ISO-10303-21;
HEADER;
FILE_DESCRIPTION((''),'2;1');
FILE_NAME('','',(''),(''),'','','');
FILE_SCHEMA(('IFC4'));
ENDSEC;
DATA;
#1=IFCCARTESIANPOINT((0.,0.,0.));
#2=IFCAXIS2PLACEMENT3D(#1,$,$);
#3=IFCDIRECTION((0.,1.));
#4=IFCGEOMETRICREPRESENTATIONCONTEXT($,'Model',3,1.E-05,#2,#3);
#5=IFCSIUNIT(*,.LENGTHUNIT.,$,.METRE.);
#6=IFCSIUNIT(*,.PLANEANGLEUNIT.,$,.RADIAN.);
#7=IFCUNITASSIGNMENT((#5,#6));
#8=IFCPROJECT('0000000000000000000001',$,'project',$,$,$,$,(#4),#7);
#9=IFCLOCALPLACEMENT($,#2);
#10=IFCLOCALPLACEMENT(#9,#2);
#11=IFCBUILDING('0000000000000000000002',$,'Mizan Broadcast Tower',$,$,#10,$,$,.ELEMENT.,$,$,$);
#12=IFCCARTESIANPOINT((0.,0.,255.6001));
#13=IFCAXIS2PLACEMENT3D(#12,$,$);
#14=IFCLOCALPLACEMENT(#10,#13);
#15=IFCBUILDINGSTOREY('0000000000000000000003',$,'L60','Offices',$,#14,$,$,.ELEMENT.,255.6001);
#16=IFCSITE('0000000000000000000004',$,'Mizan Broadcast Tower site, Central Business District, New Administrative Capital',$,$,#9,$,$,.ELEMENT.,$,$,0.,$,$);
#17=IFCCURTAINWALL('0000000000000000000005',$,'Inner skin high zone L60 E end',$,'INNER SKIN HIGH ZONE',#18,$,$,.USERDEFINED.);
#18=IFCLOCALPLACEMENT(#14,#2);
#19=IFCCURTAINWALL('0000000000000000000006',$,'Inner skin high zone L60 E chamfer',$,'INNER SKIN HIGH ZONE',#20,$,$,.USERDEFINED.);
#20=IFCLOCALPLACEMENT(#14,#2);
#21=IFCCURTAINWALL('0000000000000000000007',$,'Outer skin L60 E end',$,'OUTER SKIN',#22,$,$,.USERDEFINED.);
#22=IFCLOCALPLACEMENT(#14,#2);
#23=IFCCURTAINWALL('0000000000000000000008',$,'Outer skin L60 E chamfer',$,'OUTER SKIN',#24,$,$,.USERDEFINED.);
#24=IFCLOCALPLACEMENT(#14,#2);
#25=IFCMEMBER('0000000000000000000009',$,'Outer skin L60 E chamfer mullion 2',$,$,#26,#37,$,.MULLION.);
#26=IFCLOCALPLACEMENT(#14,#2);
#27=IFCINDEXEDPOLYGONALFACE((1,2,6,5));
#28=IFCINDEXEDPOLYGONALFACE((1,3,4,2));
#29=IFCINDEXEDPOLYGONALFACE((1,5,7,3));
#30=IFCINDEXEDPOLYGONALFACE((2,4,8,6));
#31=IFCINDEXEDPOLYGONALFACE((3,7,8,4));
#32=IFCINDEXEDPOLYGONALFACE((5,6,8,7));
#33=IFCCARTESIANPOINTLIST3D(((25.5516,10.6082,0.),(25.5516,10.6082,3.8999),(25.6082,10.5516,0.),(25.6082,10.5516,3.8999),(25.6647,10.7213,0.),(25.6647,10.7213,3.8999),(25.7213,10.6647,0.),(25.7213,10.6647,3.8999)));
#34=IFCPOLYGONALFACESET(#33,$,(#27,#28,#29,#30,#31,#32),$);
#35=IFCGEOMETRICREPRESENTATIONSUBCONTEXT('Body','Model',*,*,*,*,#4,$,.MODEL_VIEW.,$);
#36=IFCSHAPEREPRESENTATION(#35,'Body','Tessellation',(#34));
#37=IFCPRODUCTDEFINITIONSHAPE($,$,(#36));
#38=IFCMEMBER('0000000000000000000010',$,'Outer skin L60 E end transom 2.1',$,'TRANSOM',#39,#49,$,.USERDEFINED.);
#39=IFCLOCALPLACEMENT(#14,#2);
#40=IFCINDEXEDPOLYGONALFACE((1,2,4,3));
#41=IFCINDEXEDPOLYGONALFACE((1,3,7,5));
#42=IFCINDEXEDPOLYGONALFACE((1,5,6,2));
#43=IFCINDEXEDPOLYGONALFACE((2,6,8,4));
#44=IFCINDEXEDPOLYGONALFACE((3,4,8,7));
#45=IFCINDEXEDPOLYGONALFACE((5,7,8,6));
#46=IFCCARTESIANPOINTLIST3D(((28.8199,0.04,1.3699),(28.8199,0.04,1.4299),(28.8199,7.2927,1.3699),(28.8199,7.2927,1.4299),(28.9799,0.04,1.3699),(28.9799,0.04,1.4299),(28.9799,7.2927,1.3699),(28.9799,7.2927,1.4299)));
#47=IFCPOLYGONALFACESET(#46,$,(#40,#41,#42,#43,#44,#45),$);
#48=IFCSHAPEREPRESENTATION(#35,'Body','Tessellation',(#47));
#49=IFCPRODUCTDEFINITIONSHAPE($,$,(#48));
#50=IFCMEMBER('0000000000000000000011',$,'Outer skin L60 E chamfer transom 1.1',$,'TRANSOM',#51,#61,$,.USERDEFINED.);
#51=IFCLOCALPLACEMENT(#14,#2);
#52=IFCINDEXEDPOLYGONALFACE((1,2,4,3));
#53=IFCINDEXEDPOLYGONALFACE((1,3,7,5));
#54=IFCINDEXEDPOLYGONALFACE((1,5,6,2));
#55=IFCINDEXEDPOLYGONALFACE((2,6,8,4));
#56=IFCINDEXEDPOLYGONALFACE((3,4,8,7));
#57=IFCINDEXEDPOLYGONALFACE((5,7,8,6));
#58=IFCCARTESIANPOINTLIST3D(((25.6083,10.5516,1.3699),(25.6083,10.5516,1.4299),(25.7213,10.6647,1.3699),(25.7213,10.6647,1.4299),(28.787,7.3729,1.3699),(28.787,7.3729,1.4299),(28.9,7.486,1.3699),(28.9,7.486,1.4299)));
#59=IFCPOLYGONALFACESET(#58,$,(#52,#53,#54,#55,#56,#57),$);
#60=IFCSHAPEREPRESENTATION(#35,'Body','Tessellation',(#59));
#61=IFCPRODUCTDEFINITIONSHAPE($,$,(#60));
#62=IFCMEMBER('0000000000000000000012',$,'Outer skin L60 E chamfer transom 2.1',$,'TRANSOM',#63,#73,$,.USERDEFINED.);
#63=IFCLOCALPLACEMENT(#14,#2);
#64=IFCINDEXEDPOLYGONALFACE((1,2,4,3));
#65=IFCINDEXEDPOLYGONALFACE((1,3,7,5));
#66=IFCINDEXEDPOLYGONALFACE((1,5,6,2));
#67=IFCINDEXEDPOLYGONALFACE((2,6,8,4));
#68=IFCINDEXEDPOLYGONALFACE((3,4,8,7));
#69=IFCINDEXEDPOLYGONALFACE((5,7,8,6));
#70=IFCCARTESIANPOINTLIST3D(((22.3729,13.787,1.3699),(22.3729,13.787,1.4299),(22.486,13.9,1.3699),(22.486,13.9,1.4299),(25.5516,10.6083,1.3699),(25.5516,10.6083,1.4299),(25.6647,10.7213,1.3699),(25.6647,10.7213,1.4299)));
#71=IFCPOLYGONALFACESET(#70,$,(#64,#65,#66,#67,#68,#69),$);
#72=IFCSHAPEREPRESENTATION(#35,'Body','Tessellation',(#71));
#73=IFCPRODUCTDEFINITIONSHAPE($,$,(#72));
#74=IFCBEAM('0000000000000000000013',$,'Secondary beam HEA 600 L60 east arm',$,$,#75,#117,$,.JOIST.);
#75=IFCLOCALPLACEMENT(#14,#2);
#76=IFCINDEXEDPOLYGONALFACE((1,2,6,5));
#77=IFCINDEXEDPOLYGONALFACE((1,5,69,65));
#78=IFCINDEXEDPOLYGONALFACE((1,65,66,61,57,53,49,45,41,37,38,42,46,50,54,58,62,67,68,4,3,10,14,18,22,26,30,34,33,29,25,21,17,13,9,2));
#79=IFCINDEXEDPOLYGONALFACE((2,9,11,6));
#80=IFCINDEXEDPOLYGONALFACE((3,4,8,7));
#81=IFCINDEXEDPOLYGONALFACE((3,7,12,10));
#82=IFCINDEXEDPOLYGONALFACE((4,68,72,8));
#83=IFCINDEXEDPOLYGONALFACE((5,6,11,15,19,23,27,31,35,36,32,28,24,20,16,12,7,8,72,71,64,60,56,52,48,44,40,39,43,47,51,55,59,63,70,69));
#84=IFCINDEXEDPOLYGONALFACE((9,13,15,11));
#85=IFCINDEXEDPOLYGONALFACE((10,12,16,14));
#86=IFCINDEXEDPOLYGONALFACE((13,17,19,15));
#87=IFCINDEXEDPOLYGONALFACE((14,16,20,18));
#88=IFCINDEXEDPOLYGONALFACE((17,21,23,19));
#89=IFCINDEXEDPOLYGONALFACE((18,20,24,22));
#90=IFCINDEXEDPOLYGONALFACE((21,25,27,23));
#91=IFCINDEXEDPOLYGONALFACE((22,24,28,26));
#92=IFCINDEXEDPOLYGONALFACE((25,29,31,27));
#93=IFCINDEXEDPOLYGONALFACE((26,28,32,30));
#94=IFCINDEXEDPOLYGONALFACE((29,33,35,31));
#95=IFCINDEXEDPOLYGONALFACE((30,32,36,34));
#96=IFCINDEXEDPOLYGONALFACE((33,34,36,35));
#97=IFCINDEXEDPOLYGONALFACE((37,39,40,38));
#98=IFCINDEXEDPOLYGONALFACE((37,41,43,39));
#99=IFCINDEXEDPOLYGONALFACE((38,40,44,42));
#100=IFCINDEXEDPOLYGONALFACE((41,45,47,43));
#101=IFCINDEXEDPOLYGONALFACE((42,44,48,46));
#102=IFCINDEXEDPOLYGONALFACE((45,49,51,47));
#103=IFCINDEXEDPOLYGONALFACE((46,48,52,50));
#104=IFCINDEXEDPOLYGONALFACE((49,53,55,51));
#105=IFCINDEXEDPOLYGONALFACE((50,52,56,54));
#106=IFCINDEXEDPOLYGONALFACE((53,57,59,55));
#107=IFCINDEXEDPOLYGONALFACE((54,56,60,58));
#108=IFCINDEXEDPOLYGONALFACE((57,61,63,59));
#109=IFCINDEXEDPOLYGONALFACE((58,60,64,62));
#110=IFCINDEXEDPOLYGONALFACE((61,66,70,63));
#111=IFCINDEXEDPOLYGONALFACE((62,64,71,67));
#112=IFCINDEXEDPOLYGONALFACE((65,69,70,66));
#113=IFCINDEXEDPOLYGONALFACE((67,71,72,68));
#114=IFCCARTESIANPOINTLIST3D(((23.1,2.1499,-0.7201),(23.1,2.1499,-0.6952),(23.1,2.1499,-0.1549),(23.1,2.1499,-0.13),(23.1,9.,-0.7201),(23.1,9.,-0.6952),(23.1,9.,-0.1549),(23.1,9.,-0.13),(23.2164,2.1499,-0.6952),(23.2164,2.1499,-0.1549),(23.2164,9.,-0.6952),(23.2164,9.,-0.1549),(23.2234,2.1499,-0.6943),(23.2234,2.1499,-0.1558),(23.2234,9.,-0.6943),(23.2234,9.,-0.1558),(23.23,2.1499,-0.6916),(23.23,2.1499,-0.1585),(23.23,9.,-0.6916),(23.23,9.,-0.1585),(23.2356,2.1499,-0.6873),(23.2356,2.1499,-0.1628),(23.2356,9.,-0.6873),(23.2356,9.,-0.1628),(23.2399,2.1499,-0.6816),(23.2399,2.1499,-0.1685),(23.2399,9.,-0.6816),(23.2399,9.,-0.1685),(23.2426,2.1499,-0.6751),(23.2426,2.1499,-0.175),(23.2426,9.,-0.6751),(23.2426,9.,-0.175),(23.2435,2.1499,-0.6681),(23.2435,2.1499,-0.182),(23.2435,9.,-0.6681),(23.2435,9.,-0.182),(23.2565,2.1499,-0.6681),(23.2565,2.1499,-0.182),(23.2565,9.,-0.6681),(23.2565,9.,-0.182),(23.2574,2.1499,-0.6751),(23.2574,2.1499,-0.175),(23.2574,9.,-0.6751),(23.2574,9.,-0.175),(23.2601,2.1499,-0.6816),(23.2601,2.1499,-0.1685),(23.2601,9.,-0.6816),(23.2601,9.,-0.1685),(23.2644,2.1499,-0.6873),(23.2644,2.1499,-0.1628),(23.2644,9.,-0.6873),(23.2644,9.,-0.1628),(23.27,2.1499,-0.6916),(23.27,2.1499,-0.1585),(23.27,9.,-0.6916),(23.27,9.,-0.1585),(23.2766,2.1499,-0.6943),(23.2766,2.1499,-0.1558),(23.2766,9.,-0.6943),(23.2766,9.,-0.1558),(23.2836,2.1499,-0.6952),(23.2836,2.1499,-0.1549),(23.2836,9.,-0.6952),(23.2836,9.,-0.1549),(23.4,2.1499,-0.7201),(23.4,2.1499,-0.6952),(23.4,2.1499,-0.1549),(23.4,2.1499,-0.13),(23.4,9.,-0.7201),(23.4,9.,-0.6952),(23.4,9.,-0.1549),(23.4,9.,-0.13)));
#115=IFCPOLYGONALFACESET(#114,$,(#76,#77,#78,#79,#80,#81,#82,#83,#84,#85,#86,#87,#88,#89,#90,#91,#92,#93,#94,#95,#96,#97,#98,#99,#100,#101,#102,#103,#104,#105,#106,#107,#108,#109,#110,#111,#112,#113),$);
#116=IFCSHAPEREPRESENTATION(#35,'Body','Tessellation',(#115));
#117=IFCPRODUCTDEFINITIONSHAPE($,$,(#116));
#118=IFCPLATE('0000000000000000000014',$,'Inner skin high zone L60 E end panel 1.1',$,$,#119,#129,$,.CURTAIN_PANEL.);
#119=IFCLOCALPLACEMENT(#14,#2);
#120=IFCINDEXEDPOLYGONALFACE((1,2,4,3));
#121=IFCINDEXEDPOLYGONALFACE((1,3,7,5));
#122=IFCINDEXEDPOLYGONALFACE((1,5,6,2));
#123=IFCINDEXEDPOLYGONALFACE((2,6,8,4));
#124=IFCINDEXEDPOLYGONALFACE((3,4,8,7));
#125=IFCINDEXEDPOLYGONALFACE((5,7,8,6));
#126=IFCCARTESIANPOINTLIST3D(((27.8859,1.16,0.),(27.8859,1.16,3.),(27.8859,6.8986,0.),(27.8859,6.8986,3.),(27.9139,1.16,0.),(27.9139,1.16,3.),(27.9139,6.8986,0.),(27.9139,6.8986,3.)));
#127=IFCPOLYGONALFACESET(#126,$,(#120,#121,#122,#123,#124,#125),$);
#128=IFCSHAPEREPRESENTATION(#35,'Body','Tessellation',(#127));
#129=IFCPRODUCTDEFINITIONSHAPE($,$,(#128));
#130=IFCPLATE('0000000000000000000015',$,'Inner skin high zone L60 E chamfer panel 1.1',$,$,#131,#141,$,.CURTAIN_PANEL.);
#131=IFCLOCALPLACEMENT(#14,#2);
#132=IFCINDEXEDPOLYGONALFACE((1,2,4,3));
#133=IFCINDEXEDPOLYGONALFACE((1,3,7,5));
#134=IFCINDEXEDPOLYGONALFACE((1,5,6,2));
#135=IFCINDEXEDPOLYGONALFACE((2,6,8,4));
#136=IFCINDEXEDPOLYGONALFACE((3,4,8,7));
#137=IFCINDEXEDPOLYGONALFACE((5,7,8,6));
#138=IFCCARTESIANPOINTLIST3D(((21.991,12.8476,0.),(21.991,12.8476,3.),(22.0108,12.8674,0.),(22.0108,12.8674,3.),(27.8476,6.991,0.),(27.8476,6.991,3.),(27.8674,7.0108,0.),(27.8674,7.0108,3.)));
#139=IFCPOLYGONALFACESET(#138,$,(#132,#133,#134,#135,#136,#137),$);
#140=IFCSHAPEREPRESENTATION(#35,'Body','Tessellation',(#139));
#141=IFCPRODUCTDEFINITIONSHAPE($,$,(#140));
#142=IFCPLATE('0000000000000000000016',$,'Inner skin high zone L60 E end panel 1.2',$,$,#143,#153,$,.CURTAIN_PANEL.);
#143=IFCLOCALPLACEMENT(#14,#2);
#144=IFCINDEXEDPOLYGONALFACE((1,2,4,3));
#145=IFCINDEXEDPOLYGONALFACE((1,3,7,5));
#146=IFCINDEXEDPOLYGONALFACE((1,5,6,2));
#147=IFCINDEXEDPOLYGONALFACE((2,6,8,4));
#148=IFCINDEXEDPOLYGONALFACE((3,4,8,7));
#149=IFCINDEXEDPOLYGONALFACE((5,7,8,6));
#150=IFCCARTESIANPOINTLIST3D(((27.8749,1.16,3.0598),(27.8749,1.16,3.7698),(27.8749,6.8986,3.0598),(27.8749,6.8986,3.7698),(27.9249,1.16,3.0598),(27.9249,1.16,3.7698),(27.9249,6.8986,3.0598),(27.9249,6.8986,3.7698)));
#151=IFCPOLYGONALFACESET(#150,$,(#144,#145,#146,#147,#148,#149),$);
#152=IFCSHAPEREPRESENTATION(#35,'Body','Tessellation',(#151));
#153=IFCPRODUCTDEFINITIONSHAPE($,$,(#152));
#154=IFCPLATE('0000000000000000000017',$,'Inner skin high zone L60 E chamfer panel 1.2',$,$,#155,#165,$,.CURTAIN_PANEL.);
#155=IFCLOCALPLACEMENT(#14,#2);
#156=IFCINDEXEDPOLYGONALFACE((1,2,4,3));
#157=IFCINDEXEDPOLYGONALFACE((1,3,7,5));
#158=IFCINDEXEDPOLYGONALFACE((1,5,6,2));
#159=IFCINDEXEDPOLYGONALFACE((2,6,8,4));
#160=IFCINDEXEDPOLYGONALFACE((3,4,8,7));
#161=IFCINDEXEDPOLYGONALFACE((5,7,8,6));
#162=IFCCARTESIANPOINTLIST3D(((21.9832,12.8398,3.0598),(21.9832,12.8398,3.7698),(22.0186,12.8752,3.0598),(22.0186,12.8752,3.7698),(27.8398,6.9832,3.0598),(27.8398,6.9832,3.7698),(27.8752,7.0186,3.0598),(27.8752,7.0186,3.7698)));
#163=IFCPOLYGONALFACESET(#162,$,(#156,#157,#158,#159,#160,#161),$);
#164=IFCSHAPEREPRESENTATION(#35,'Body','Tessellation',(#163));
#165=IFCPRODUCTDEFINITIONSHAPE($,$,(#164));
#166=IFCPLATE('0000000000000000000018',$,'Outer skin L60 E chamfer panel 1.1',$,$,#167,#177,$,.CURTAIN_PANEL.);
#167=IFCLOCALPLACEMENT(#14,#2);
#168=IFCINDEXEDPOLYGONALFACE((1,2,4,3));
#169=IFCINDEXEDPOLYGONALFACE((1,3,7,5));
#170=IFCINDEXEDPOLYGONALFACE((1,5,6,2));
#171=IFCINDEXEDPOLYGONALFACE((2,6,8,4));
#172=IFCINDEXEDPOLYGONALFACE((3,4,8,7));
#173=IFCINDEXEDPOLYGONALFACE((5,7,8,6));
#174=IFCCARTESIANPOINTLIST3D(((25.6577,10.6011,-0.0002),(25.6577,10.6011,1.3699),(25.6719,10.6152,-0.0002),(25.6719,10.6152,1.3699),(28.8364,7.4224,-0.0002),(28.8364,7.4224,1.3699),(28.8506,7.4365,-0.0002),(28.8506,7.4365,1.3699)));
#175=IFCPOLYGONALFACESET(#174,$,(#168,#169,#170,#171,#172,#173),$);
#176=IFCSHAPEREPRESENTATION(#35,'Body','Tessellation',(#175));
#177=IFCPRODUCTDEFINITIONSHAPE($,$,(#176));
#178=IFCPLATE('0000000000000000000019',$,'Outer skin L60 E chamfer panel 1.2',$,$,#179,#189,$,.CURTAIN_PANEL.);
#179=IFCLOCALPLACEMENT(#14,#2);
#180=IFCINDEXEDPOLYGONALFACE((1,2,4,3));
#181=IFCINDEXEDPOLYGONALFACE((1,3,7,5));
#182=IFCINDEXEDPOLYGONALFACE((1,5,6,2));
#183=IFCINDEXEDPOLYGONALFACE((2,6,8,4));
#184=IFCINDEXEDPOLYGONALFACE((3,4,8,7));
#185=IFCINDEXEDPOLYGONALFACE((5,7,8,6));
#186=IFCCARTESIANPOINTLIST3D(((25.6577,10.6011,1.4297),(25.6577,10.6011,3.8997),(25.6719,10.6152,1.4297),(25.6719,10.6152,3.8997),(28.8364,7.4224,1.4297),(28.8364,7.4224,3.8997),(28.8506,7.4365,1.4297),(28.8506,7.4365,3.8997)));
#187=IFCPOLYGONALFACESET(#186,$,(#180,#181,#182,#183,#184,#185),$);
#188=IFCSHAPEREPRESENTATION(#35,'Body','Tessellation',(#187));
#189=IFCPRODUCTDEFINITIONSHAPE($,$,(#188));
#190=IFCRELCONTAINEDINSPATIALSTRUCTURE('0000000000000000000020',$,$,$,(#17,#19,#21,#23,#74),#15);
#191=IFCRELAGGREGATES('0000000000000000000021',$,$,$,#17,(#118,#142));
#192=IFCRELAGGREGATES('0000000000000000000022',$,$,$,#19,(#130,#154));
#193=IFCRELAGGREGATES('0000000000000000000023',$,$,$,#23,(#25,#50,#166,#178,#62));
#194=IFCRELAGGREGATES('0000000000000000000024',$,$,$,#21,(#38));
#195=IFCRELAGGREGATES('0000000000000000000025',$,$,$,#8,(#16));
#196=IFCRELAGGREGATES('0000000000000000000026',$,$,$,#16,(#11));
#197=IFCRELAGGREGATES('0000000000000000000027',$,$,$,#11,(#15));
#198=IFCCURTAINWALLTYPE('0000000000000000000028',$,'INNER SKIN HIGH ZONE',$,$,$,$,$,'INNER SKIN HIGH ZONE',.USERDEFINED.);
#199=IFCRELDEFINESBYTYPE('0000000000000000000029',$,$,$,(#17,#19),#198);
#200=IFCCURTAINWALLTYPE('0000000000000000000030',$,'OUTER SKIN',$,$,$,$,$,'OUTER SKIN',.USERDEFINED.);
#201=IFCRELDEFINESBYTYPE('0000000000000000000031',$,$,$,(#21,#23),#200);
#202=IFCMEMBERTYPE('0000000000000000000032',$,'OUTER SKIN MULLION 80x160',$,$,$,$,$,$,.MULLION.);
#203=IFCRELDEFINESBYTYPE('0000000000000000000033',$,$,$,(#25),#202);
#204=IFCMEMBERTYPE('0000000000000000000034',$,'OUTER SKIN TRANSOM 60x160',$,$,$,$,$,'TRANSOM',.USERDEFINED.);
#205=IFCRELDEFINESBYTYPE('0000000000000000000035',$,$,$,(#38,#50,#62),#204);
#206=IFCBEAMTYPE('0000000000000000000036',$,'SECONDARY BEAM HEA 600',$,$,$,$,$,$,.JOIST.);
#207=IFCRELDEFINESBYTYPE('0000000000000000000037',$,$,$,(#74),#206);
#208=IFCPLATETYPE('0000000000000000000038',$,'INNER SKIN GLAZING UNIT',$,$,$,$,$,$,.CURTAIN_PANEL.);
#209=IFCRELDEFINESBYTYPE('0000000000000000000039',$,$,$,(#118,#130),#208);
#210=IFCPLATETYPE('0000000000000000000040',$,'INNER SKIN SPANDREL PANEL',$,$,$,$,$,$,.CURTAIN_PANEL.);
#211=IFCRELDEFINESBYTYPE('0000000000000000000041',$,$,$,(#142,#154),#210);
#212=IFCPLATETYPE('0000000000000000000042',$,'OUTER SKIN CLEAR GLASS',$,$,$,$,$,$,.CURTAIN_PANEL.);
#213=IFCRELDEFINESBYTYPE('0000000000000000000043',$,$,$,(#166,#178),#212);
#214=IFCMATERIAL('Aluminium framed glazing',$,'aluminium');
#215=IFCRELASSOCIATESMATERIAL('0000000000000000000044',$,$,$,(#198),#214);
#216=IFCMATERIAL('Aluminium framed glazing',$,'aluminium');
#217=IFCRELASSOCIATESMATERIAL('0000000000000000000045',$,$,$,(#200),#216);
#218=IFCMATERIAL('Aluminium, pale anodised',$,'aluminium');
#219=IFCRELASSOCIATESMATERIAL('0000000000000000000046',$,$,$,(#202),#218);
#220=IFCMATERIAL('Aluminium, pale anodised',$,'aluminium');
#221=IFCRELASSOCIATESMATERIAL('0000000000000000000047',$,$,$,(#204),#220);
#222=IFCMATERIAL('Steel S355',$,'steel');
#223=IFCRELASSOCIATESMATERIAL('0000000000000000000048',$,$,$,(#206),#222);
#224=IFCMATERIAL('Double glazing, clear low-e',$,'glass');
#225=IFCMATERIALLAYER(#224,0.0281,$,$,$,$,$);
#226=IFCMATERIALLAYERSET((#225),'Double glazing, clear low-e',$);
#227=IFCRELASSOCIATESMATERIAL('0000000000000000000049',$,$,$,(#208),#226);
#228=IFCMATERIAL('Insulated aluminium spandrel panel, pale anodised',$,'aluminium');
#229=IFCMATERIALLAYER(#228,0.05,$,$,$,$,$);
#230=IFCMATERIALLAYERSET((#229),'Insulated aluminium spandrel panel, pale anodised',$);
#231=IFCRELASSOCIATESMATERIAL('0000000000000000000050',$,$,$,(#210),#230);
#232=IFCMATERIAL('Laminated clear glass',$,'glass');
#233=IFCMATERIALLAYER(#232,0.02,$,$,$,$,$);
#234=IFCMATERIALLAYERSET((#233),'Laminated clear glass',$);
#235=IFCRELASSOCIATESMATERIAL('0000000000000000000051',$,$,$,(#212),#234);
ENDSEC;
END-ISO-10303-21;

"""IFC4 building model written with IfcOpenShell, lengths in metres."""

from ifc_helpers import new_model, si_unit, direction, frame, origin, origin_2d, place, context, subcontext, project, spatial, rectangle, i_section, extrude, material, layer, layer_set, material_profile, profile_set, type_object, element, aggregate, save


model = new_model("IFC4")

# Units and contexts
model_context = context("Model", 3, precision=1e-05, world=origin(), true_north=direction((0.0, 1.0)))
body_context = subcontext(model_context, "Body", "Model", "MODEL_VIEW")
ifc_project = project(units=[si_unit("LENGTHUNIT", "METRE"), si_unit("PLANEANGLEUNIT", "RADIAN")], contexts=[model_context])

# Site, building, storey
site_placement = place(None, origin())
site = spatial("IfcSite", under=ifc_project, at=site_placement, Name="Mizan Broadcast Tower site, Central Business District, New Administrative Capital", CompositionType="ELEMENT", RefElevation=0.0)
building_placement = place(site_placement, origin())
building = spatial("IfcBuilding", under=site, at=building_placement, Name="Mizan Broadcast Tower", CompositionType="ELEMENT")
storey_placement = place(building_placement, frame((0.0, 0.0, 255.6001)))
storey = spatial("IfcBuildingStorey", under=building, at=storey_placement, Name="L60", Description="Offices", CompositionType="ELEMENT", Elevation=255.6001)

# Curtain wall
ifc_material_1 = material(Name="Aluminium framed glazing", Category="aluminium")
curtain_wall_type_1 = type_object("IfcCurtainWallType", Name="INNER SKIN HIGH ZONE", ElementType="INNER SKIN HIGH ZONE", PredefinedType="USERDEFINED", material=ifc_material_1)
curtain_wall_1_placement = place(storey_placement, origin())
curtain_wall_1 = element("IfcCurtainWall", 1, at=curtain_wall_1_placement, inside=storey, type_object=curtain_wall_type_1, Name="Inner skin high zone L60 E end", ObjectType="INNER SKIN HIGH ZONE", PredefinedType="USERDEFINED")

# Curtain wall
curtain_wall_2_placement = place(storey_placement, origin())
curtain_wall_2 = element("IfcCurtainWall", 2, at=curtain_wall_2_placement, inside=storey, type_object=curtain_wall_type_1, Name="Inner skin high zone L60 E chamfer", ObjectType="INNER SKIN HIGH ZONE", PredefinedType="USERDEFINED")

# Curtain wall
ifc_material_2 = material(Name="Aluminium framed glazing", Category="aluminium")
curtain_wall_type_2 = type_object("IfcCurtainWallType", Name="OUTER SKIN", ElementType="OUTER SKIN", PredefinedType="USERDEFINED", material=ifc_material_2)
curtain_wall_3_placement = place(storey_placement, origin())
curtain_wall_3 = element("IfcCurtainWall", 3, at=curtain_wall_3_placement, inside=storey, type_object=curtain_wall_type_2, Name="Outer skin L60 E end", ObjectType="OUTER SKIN", PredefinedType="USERDEFINED")
ifc_material_3 = material(Name="Aluminium, pale anodised", Category="aluminium")
ifc_material_profile_1 = material_profile(ifc_material_3, rectangle(XDim=0.1599, YDim=0.0801, at=origin_2d()), Name="MULLION 160x80")
ifc_profile_set_1 = profile_set([ifc_material_profile_1], Name="Aluminium, pale anodised")
member_type_1 = type_object("IfcMemberType", Name="OUTER SKIN MULLION 80x160", PredefinedType="MULLION", material=ifc_profile_set_1)

# Curtain wall, member
curtain_wall_4_placement = place(storey_placement, origin())
curtain_wall_4 = element("IfcCurtainWall", 4, at=curtain_wall_4_placement, inside=storey, type_object=curtain_wall_type_2, Name="Outer skin L60 E chamfer", ObjectType="OUTER SKIN", PredefinedType="USERDEFINED")
member_1_placement = place(storey_placement, frame((25.6365, 10.6365, 0.0), z_axis=(0.0, 0.0, 1.0), x_axis=(-0.707107, -0.707107, 0.0)))
member_1 = element("IfcMember", 5, at=member_1_placement, type_object=member_type_1, Name="Outer skin L60 E chamfer mullion 2", PredefinedType="MULLION", context=body_context, shape_type="SweptSolid", body=[
    extrude(rectangle(XDim=0.1599, YDim=0.0801, at=origin_2d()), origin(), (0.0, 0.0, 1.0), 3.8999),
])

# Members
ifc_material_4 = material(Name="Aluminium, pale anodised", Category="aluminium")
ifc_material_profile_2 = material_profile(ifc_material_4, rectangle(XDim=0.1599, YDim=0.0601, at=origin_2d()), Name="TRANSOM 160x60")
ifc_profile_set_2 = profile_set([ifc_material_profile_2], Name="Aluminium, pale anodised")
member_type_2 = type_object("IfcMemberType", Name="OUTER SKIN TRANSOM 60x160", ElementType="TRANSOM", PredefinedType="USERDEFINED", material=ifc_profile_set_2)
member_2_placement = place(storey_placement, frame((28.8999, 0.04, 1.3999), z_axis=(0.0, 1.0, 0.0), x_axis=(-1.0, 0.0, 0.0)))
member_2 = element("IfcMember", 6, at=member_2_placement, type_object=member_type_2, Name="Outer skin L60 E end transom 2.1", ObjectType="TRANSOM", PredefinedType="USERDEFINED", context=body_context, shape_type="SweptSolid", body=[
    extrude(rectangle(XDim=0.1599, YDim=0.0601, at=origin_2d()), origin(), (0.0, 0.0, 1.0), 7.2527),
])
member_3_placement = place(storey_placement, frame((28.8435, 7.4294, 1.3999), z_axis=(-0.707107, 0.707107, 0.0), x_axis=(-0.707107, -0.707107, 0.0)))
member_3 = element("IfcMember", 7, at=member_3_placement, type_object=member_type_2, Name="Outer skin L60 E chamfer transom 1.1", ObjectType="TRANSOM", PredefinedType="USERDEFINED", context=body_context, shape_type="SweptSolid", body=[
    extrude(rectangle(XDim=0.1599, YDim=0.0601, at=origin_2d()), origin(), (0.0, 0.0, 1.0), 4.4954),
])
member_4_placement = place(storey_placement, frame((25.6082, 10.6648, 1.3999), z_axis=(-0.707107, 0.707107, 0.0), x_axis=(-0.707107, -0.707107, 0.0)))
member_4 = element("IfcMember", 8, at=member_4_placement, type_object=member_type_2, Name="Outer skin L60 E chamfer transom 2.1", ObjectType="TRANSOM", PredefinedType="USERDEFINED", context=body_context, shape_type="SweptSolid", body=[
    extrude(rectangle(XDim=0.1599, YDim=0.0601, at=origin_2d()), origin(), (0.0, 0.0, 1.0), 4.4954),
])

# Beam
ifc_material_5 = material(Name="Steel S355", Category="steel")
ifc_material_profile_3 = material_profile(ifc_material_5, i_section(OverallWidth=0.3, OverallDepth=0.5901, WebThickness=0.0129, FlangeThickness=0.0249, FilletRadius=0.0271, at=origin_2d()), Name="HEA 600")
ifc_profile_set_3 = profile_set([ifc_material_profile_3], Name="Steel S355")
beam_type_1 = type_object("IfcBeamType", Name="SECONDARY BEAM HEA 600", PredefinedType="JOIST", material=ifc_profile_set_3)
beam_1_placement = place(storey_placement, frame((23.25, 9.0, -0.425), z_axis=(0.0, -1.0, 0.0), x_axis=(1.0, 0.0, 0.0)))
element("IfcBeam", 9, at=beam_1_placement, inside=storey, type_object=beam_type_1, Name="Secondary beam HEA 600 L60 east arm", PredefinedType="JOIST", context=body_context, shape_type="SweptSolid", body=[
    extrude(i_section(OverallWidth=0.3, OverallDepth=0.5901, WebThickness=0.0129, FlangeThickness=0.0249, FilletRadius=0.0271, at=origin_2d()), origin(), (0.0, 0.0, 1.0), 6.8501),
])

# Plates
ifc_material_6 = material(Name="Double glazing, clear low-e", Category="glass")
ifc_layer_1 = layer(ifc_material_6, 0.0281)
ifc_layer_set_1 = layer_set([ifc_layer_1], Name="Double glazing, clear low-e")
plate_type_1 = type_object("IfcPlateType", Name="INNER SKIN GLAZING UNIT", PredefinedType="CURTAIN_PANEL", material=ifc_layer_set_1)
plate_1_placement = place(storey_placement, frame((27.8999, 4.0293, 0.0), z_axis=(0.0, 0.0, 1.0), x_axis=(0.0, 1.0, 0.0)))
plate_1 = element("IfcPlate", 10, at=plate_1_placement, type_object=plate_type_1, Name="Inner skin high zone L60 E end panel 1.1", PredefinedType="CURTAIN_PANEL", context=body_context, shape_type="SweptSolid", body=[
    extrude(rectangle(XDim=5.7385, YDim=0.0281, at=origin_2d()), origin(), (0.0, 0.0, 1.0), 3.0),
])
plate_2_placement = place(storey_placement, frame((24.9292, 9.9292, 0.0), z_axis=(0.0, 0.0, 1.0), x_axis=(-0.707107, 0.707107, 0.0)))
plate_2 = element("IfcPlate", 11, at=plate_2_placement, type_object=plate_type_1, Name="Inner skin high zone L60 E chamfer panel 1.1", PredefinedType="CURTAIN_PANEL", context=body_context, shape_type="SweptSolid", body=[
    extrude(rectangle(XDim=8.2825, YDim=0.0281, at=origin_2d()), origin(), (0.0, 0.0, 1.0), 3.0),
])
ifc_material_7 = material(Name="Insulated aluminium spandrel panel, pale anodised", Category="aluminium")
ifc_layer_2 = layer(ifc_material_7, 0.05)
ifc_layer_set_2 = layer_set([ifc_layer_2], Name="Insulated aluminium spandrel panel, pale anodised")
plate_type_2 = type_object("IfcPlateType", Name="INNER SKIN SPANDREL PANEL", PredefinedType="CURTAIN_PANEL", material=ifc_layer_set_2)
plate_3_placement = place(storey_placement, frame((27.8999, 4.0293, 3.0598), z_axis=(0.0, 0.0, 1.0), x_axis=(0.0, 1.0, 0.0)))
plate_3 = element("IfcPlate", 12, at=plate_3_placement, type_object=plate_type_2, Name="Inner skin high zone L60 E end panel 1.2", PredefinedType="CURTAIN_PANEL", context=body_context, shape_type="SweptSolid", body=[
    extrude(rectangle(XDim=5.7385, YDim=0.05, at=origin_2d()), origin(), (0.0, 0.0, 1.0), 0.71),
])
aggregate(curtain_wall_1, [plate_1, plate_3])
plate_4_placement = place(storey_placement, frame((24.9292, 9.9292, 3.0598), z_axis=(0.0, 0.0, 1.0), x_axis=(-0.707107, 0.707107, 0.0)))
plate_4 = element("IfcPlate", 13, at=plate_4_placement, type_object=plate_type_2, Name="Inner skin high zone L60 E chamfer panel 1.2", PredefinedType="CURTAIN_PANEL", context=body_context, shape_type="SweptSolid", body=[
    extrude(rectangle(XDim=8.2825, YDim=0.05, at=origin_2d()), origin(), (0.0, 0.0, 1.0), 0.71),
])
aggregate(curtain_wall_2, [plate_2, plate_4])
ifc_material_8 = material(Name="Laminated clear glass", Category="glass")
ifc_layer_3 = layer(ifc_material_8, 0.02)
ifc_layer_set_3 = layer_set([ifc_layer_3], Name="Laminated clear glass")
plate_type_3 = type_object("IfcPlateType", Name="OUTER SKIN CLEAR GLASS", PredefinedType="CURTAIN_PANEL", material=ifc_layer_set_3)
plate_5_placement = place(storey_placement, frame((27.2542, 9.0188, -0.0002), z_axis=(0.0, 0.0, 1.0), x_axis=(-0.707107, 0.707107, 0.0)))
plate_5 = element("IfcPlate", 14, at=plate_5_placement, type_object=plate_type_3, Name="Outer skin L60 E chamfer panel 1.1", PredefinedType="CURTAIN_PANEL", context=body_context, shape_type="SweptSolid", body=[
    extrude(rectangle(XDim=4.4954, YDim=0.02, at=origin_2d()), origin(), (0.0, 0.0, 1.0), 1.3701),
])
plate_6_placement = place(storey_placement, frame((27.2542, 9.0188, 1.4297), z_axis=(0.0, 0.0, 1.0), x_axis=(-0.707107, 0.707107, 0.0)))
plate_6 = element("IfcPlate", 15, at=plate_6_placement, type_object=plate_type_3, Name="Outer skin L60 E chamfer panel 1.2", PredefinedType="CURTAIN_PANEL", context=body_context, shape_type="SweptSolid", body=[
    extrude(rectangle(XDim=4.4954, YDim=0.02, at=origin_2d()), origin(), (0.0, 0.0, 1.0), 2.47),
])
aggregate(curtain_wall_4, [member_1, member_3, plate_5, plate_6, member_4])
aggregate(curtain_wall_3, [member_2])

save(model, "model.ifc")
